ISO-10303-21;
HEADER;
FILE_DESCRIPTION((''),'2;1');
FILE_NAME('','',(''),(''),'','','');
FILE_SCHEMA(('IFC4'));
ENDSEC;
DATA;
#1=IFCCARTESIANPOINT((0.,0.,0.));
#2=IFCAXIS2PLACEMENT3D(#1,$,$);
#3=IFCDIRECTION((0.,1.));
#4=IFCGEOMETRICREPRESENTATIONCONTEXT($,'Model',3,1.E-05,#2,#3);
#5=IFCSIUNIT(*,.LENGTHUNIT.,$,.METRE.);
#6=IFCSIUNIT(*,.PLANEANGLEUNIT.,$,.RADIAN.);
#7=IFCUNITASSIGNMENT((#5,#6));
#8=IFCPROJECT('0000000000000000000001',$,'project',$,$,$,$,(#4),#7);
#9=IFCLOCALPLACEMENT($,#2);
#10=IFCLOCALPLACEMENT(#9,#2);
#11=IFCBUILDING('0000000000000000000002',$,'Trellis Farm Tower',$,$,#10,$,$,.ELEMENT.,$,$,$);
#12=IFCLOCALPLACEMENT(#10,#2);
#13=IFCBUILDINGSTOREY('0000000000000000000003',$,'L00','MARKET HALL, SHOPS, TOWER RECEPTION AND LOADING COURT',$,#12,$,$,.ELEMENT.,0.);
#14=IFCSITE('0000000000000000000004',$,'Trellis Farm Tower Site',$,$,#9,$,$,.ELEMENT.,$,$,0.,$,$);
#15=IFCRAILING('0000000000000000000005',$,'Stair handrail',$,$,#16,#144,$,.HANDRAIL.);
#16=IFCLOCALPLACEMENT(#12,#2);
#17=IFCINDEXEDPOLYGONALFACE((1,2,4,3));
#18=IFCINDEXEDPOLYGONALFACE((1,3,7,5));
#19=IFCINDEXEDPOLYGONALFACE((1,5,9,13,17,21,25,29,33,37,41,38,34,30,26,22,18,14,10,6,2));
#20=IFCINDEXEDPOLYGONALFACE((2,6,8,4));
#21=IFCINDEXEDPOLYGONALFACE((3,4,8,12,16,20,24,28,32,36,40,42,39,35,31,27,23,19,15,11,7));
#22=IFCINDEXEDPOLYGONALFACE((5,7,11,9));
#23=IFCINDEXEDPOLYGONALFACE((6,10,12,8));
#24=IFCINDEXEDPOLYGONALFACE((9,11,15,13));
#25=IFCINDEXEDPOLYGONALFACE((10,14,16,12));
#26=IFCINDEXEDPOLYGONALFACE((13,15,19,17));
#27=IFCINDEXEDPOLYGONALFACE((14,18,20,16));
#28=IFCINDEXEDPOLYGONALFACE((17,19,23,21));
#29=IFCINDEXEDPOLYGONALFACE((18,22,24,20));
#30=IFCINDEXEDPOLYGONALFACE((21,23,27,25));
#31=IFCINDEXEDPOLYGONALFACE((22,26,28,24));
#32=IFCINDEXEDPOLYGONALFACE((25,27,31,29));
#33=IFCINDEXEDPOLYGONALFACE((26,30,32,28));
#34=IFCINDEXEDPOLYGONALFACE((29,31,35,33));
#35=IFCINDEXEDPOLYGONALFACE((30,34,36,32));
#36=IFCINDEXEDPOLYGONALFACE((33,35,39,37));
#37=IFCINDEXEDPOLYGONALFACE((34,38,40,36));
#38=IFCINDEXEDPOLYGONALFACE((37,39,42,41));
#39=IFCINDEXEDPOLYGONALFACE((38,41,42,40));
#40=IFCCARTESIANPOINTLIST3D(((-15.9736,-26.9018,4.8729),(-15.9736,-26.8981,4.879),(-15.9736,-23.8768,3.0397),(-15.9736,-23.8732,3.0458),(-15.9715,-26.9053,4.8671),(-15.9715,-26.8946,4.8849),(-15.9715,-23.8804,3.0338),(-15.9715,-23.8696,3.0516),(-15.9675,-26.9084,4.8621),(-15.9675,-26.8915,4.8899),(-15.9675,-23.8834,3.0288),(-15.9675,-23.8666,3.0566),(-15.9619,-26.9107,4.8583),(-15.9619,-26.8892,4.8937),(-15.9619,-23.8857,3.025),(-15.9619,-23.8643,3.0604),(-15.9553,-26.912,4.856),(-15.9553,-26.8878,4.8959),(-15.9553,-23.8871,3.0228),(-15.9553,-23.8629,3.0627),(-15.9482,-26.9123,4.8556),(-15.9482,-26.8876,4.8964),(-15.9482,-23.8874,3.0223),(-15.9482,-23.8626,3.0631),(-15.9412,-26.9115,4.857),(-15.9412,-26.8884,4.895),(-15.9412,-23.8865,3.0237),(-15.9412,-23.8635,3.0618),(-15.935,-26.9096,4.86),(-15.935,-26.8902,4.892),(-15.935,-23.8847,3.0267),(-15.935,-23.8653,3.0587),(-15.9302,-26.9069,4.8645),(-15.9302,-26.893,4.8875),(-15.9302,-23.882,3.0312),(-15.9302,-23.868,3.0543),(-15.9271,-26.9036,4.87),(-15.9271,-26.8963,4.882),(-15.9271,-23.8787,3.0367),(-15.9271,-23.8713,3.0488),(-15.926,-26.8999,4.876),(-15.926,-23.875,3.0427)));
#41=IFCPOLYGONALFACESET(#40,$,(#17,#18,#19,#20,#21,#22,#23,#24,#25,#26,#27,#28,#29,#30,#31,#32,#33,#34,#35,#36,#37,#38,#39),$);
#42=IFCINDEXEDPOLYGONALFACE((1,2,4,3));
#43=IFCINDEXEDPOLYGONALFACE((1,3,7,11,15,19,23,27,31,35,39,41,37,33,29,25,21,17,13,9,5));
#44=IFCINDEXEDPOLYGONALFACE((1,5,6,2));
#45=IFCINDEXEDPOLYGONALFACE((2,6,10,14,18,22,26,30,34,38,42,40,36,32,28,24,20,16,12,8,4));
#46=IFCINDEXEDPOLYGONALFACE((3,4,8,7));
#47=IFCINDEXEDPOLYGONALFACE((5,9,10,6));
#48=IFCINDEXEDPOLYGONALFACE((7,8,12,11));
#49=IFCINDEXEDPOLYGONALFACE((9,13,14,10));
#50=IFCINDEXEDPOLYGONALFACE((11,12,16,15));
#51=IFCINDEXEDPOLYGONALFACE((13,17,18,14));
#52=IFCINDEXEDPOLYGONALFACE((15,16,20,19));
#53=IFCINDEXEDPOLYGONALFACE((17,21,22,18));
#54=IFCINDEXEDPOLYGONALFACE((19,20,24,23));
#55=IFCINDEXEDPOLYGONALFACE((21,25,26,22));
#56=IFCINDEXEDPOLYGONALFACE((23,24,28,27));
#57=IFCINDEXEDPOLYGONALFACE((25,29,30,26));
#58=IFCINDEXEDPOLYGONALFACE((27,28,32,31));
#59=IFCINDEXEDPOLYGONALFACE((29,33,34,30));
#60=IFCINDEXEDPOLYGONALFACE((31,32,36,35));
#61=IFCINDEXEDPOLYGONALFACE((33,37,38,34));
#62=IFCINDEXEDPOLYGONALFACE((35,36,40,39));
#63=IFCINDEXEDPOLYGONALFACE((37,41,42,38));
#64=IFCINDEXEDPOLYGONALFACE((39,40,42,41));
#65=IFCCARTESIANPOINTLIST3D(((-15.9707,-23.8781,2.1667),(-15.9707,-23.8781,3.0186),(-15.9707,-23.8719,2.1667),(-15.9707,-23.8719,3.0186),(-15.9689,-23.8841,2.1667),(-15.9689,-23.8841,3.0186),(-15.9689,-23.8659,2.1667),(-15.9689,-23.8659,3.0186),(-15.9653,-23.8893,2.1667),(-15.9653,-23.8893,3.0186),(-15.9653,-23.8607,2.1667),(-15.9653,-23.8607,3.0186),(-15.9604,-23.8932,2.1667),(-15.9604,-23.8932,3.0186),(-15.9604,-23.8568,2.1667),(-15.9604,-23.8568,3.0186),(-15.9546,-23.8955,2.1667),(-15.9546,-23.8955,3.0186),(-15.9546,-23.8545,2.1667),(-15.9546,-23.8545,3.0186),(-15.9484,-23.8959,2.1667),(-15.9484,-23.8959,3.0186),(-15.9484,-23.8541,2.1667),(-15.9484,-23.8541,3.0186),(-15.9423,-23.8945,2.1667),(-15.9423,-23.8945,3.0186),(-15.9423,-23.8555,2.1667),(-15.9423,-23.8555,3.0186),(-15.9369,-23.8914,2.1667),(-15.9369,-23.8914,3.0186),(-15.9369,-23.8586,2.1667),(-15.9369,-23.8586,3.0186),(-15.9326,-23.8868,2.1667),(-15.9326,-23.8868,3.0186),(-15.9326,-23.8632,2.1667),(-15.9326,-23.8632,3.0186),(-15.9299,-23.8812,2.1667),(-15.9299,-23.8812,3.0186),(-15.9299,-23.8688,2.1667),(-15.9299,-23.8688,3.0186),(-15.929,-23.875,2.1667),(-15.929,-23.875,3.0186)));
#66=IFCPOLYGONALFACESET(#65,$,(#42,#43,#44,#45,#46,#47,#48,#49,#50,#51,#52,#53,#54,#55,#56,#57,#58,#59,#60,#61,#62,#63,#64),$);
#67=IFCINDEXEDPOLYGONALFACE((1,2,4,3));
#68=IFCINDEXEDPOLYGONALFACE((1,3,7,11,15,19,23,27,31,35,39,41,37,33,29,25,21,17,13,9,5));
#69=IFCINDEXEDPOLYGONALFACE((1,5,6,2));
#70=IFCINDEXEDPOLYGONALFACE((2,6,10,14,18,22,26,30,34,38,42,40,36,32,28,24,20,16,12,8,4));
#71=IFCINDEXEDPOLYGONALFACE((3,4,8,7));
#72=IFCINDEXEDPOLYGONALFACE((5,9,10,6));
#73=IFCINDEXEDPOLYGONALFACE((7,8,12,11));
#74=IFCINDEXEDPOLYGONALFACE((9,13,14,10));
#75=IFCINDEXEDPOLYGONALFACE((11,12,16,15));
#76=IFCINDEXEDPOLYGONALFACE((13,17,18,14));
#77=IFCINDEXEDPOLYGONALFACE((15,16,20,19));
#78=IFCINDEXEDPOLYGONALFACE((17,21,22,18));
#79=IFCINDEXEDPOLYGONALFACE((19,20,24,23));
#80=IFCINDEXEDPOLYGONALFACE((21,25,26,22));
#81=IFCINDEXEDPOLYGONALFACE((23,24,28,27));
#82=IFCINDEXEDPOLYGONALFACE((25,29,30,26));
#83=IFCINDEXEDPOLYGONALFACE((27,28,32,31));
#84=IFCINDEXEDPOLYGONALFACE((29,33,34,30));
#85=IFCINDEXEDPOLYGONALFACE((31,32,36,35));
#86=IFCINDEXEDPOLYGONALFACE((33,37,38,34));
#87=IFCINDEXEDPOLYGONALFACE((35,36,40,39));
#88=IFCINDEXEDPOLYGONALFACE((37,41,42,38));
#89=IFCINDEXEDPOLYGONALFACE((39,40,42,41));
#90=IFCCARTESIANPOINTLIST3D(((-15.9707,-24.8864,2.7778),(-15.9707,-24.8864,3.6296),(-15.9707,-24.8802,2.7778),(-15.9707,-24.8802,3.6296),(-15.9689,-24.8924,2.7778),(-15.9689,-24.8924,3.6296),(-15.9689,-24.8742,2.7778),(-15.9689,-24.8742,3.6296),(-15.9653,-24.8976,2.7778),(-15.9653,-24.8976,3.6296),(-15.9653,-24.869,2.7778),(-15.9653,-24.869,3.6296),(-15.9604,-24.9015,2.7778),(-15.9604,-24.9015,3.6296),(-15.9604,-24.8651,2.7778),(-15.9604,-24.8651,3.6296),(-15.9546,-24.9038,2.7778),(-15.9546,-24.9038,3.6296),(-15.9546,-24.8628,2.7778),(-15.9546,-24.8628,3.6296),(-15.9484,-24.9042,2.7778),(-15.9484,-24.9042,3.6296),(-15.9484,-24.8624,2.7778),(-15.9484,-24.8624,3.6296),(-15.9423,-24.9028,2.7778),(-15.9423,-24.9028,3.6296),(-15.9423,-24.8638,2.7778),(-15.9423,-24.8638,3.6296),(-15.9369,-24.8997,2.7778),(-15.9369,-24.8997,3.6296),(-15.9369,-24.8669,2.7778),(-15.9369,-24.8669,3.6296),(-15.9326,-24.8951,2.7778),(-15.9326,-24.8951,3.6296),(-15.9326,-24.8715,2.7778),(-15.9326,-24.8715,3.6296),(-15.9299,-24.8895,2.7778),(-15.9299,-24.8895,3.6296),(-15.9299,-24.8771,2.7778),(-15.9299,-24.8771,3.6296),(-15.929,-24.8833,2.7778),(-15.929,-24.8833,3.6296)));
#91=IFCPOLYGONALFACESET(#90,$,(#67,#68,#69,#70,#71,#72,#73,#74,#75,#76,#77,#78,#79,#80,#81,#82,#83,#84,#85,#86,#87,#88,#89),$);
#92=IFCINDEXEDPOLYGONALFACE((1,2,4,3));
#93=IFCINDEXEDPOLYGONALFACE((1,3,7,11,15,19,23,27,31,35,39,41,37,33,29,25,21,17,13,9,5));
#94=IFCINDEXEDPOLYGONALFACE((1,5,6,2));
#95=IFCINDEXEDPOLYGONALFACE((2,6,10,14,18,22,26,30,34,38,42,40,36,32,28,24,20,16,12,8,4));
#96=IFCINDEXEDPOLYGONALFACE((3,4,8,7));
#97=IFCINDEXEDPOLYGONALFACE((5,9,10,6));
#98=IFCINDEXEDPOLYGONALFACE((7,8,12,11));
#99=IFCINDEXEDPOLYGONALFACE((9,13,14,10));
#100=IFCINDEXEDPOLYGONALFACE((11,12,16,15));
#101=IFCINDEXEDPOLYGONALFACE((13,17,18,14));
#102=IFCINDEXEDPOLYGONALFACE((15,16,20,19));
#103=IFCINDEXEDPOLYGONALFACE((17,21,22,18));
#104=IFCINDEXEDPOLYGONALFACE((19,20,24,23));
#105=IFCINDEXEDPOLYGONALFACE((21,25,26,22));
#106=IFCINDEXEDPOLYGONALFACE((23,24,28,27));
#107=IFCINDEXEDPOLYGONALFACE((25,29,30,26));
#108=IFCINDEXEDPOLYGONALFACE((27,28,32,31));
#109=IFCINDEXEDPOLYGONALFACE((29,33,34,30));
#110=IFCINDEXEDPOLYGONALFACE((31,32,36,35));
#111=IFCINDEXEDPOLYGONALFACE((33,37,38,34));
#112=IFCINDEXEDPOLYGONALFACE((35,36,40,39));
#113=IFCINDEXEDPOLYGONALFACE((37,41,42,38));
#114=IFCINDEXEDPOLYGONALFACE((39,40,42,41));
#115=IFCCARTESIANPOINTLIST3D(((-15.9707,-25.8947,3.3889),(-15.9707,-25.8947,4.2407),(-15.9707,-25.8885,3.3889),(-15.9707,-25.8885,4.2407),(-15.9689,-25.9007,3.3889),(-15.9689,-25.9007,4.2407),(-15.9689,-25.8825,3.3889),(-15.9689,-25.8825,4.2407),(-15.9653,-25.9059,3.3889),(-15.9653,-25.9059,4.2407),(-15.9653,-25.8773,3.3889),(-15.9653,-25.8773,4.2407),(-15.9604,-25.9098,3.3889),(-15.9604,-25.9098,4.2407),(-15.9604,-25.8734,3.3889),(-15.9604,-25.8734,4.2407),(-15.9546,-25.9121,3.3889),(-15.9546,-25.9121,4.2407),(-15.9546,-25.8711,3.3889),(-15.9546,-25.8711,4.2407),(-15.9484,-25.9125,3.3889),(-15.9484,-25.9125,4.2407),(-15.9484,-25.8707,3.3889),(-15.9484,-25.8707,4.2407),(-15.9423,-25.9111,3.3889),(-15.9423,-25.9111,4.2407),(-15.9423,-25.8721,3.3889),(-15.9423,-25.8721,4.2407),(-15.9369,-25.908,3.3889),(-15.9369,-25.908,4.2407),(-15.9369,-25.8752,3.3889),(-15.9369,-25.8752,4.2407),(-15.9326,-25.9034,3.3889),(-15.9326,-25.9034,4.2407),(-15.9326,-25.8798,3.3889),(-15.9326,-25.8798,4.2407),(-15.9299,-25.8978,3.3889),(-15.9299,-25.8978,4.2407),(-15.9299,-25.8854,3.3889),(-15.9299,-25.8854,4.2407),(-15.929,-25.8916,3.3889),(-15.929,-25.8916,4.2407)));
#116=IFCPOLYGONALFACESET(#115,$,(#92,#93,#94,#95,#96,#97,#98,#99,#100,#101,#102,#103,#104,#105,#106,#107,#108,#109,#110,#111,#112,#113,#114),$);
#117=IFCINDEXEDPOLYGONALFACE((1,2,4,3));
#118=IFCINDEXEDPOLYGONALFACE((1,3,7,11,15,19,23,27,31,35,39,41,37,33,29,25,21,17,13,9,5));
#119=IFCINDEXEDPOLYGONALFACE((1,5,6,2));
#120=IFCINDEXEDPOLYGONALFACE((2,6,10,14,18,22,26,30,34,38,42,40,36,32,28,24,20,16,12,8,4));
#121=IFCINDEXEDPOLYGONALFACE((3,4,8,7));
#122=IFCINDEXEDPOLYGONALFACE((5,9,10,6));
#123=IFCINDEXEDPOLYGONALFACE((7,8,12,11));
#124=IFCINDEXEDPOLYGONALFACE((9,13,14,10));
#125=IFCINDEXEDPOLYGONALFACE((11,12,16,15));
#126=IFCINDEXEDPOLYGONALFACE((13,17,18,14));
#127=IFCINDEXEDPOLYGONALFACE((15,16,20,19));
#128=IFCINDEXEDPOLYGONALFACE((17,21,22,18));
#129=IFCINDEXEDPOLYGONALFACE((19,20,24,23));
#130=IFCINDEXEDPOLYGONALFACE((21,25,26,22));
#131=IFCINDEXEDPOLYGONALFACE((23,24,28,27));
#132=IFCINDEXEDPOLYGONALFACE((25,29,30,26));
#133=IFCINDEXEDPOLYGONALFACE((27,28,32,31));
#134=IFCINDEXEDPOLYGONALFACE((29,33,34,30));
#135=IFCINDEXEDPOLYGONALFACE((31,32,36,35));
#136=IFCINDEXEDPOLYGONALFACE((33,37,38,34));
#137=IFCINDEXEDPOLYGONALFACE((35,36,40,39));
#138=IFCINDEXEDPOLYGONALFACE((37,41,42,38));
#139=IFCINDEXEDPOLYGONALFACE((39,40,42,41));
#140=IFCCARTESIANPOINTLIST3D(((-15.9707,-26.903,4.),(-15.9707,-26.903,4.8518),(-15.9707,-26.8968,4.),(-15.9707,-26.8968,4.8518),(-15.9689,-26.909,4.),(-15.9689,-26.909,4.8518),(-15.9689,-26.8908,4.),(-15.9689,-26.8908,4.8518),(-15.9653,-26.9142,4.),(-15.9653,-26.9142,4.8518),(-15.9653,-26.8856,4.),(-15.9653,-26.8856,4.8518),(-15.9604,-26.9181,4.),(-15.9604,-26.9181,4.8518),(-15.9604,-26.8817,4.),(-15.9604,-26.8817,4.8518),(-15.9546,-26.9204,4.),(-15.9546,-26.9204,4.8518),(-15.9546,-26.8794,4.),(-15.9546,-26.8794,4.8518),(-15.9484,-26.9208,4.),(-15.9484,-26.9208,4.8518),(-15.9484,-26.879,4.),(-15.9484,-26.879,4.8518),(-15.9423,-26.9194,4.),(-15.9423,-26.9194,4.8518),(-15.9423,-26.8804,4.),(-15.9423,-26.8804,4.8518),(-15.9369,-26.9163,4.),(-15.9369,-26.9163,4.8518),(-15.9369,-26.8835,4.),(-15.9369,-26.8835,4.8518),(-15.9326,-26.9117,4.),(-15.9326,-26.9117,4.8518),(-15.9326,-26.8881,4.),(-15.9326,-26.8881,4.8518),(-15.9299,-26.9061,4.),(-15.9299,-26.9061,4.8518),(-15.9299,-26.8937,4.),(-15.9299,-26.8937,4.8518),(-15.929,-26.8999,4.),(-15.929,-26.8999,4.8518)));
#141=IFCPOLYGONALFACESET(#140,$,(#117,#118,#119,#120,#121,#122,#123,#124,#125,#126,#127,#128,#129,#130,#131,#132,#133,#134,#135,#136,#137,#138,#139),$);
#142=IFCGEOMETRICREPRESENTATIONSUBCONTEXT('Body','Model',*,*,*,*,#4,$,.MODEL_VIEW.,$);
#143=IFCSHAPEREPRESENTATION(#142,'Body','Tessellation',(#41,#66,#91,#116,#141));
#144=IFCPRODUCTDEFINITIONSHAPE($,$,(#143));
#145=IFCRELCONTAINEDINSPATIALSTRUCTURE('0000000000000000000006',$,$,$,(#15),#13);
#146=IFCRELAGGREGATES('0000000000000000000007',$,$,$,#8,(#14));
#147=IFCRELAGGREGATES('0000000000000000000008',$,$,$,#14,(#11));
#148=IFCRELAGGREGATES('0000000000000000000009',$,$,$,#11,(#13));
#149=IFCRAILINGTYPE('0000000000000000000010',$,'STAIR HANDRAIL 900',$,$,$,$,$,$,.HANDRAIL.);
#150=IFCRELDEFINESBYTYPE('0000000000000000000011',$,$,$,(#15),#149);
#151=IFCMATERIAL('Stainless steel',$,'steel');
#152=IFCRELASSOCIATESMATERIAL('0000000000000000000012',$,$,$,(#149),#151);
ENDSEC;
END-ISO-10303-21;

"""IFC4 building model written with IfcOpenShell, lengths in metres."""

from ifc_helpers import new_model, si_unit, direction, frame, origin, origin_2d, place, context, subcontext, project, spatial, circle, extrude, source, transform, mapped, material, type_object, element, save


model = new_model("IFC4")

# Units and contexts
model_context = context("Model", 3, precision=1e-05, world=origin(), true_north=direction((0.0, 1.0)))
body_context = subcontext(model_context, "Body", "Model", "MODEL_VIEW")
ifc_project = project(units=[si_unit("LENGTHUNIT", "METRE"), si_unit("PLANEANGLEUNIT", "RADIAN")], contexts=[model_context])

# Site, building, storey
site_placement = place(None, origin())
site = spatial("IfcSite", under=ifc_project, at=site_placement, Name="Trellis Farm Tower Site", CompositionType="ELEMENT", RefElevation=0.0)
building_placement = place(site_placement, origin())
building = spatial("IfcBuilding", under=site, at=building_placement, Name="Trellis Farm Tower", CompositionType="ELEMENT")
storey_placement = place(building_placement, origin())
storey = spatial("IfcBuildingStorey", under=building, at=storey_placement, Name="L00", Description="MARKET HALL, SHOPS, TOWER RECEPTION AND LOADING COURT", CompositionType="ELEMENT", Elevation=0.0)

# Railing
ifc_material_1 = material(Name="Stainless steel", Category="steel")
railing_type = type_object("IfcRailingType", Name="STAIR HANDRAIL 900", PredefinedType="HANDRAIL", material=ifc_material_1)
shared_shape_1 = source(origin(), body_context, "Body", "SweptSolid", [
    extrude(circle(Radius=0.0239, at=origin_2d()), frame((0.0, 0.0, 0.876), z_axis=(0.0, -0.855201, 0.518297), x_axis=(1.0, 0.0, 0.0)), (0.0, 0.0, 1.0), 3.5371),
    extrude(circle(Radius=0.021, at=origin_2d()), origin(), (0.0, 0.0, 1.0), 0.8518),
    extrude(circle(Radius=0.021, at=origin_2d()), frame((0.0, -1.0083, 0.6111)), (0.0, 0.0, 1.0), 0.8518),
    extrude(circle(Radius=0.021, at=origin_2d()), frame((0.0, -2.0166, 1.2222)), (0.0, 0.0, 1.0), 0.8518),
    extrude(circle(Radius=0.021, at=origin_2d()), frame((0.0, -3.0249, 1.8333)), (0.0, 0.0, 1.0), 0.8518),
])
for number, where, name in (
    (1, (-15.95, -23.875, 2.1667), "Stair handrail"),
):
    element("IfcRailing", number, at=place(storey_placement, frame(where)), inside=storey, type_object=railing_type, Name=name, PredefinedType="HANDRAIL", context=body_context, shape_type="MappedRepresentation", body=[
        mapped(shared_shape_1, transform((0.0, 0.0, 0.0))),
    ])

save(model, "model.ifc")
